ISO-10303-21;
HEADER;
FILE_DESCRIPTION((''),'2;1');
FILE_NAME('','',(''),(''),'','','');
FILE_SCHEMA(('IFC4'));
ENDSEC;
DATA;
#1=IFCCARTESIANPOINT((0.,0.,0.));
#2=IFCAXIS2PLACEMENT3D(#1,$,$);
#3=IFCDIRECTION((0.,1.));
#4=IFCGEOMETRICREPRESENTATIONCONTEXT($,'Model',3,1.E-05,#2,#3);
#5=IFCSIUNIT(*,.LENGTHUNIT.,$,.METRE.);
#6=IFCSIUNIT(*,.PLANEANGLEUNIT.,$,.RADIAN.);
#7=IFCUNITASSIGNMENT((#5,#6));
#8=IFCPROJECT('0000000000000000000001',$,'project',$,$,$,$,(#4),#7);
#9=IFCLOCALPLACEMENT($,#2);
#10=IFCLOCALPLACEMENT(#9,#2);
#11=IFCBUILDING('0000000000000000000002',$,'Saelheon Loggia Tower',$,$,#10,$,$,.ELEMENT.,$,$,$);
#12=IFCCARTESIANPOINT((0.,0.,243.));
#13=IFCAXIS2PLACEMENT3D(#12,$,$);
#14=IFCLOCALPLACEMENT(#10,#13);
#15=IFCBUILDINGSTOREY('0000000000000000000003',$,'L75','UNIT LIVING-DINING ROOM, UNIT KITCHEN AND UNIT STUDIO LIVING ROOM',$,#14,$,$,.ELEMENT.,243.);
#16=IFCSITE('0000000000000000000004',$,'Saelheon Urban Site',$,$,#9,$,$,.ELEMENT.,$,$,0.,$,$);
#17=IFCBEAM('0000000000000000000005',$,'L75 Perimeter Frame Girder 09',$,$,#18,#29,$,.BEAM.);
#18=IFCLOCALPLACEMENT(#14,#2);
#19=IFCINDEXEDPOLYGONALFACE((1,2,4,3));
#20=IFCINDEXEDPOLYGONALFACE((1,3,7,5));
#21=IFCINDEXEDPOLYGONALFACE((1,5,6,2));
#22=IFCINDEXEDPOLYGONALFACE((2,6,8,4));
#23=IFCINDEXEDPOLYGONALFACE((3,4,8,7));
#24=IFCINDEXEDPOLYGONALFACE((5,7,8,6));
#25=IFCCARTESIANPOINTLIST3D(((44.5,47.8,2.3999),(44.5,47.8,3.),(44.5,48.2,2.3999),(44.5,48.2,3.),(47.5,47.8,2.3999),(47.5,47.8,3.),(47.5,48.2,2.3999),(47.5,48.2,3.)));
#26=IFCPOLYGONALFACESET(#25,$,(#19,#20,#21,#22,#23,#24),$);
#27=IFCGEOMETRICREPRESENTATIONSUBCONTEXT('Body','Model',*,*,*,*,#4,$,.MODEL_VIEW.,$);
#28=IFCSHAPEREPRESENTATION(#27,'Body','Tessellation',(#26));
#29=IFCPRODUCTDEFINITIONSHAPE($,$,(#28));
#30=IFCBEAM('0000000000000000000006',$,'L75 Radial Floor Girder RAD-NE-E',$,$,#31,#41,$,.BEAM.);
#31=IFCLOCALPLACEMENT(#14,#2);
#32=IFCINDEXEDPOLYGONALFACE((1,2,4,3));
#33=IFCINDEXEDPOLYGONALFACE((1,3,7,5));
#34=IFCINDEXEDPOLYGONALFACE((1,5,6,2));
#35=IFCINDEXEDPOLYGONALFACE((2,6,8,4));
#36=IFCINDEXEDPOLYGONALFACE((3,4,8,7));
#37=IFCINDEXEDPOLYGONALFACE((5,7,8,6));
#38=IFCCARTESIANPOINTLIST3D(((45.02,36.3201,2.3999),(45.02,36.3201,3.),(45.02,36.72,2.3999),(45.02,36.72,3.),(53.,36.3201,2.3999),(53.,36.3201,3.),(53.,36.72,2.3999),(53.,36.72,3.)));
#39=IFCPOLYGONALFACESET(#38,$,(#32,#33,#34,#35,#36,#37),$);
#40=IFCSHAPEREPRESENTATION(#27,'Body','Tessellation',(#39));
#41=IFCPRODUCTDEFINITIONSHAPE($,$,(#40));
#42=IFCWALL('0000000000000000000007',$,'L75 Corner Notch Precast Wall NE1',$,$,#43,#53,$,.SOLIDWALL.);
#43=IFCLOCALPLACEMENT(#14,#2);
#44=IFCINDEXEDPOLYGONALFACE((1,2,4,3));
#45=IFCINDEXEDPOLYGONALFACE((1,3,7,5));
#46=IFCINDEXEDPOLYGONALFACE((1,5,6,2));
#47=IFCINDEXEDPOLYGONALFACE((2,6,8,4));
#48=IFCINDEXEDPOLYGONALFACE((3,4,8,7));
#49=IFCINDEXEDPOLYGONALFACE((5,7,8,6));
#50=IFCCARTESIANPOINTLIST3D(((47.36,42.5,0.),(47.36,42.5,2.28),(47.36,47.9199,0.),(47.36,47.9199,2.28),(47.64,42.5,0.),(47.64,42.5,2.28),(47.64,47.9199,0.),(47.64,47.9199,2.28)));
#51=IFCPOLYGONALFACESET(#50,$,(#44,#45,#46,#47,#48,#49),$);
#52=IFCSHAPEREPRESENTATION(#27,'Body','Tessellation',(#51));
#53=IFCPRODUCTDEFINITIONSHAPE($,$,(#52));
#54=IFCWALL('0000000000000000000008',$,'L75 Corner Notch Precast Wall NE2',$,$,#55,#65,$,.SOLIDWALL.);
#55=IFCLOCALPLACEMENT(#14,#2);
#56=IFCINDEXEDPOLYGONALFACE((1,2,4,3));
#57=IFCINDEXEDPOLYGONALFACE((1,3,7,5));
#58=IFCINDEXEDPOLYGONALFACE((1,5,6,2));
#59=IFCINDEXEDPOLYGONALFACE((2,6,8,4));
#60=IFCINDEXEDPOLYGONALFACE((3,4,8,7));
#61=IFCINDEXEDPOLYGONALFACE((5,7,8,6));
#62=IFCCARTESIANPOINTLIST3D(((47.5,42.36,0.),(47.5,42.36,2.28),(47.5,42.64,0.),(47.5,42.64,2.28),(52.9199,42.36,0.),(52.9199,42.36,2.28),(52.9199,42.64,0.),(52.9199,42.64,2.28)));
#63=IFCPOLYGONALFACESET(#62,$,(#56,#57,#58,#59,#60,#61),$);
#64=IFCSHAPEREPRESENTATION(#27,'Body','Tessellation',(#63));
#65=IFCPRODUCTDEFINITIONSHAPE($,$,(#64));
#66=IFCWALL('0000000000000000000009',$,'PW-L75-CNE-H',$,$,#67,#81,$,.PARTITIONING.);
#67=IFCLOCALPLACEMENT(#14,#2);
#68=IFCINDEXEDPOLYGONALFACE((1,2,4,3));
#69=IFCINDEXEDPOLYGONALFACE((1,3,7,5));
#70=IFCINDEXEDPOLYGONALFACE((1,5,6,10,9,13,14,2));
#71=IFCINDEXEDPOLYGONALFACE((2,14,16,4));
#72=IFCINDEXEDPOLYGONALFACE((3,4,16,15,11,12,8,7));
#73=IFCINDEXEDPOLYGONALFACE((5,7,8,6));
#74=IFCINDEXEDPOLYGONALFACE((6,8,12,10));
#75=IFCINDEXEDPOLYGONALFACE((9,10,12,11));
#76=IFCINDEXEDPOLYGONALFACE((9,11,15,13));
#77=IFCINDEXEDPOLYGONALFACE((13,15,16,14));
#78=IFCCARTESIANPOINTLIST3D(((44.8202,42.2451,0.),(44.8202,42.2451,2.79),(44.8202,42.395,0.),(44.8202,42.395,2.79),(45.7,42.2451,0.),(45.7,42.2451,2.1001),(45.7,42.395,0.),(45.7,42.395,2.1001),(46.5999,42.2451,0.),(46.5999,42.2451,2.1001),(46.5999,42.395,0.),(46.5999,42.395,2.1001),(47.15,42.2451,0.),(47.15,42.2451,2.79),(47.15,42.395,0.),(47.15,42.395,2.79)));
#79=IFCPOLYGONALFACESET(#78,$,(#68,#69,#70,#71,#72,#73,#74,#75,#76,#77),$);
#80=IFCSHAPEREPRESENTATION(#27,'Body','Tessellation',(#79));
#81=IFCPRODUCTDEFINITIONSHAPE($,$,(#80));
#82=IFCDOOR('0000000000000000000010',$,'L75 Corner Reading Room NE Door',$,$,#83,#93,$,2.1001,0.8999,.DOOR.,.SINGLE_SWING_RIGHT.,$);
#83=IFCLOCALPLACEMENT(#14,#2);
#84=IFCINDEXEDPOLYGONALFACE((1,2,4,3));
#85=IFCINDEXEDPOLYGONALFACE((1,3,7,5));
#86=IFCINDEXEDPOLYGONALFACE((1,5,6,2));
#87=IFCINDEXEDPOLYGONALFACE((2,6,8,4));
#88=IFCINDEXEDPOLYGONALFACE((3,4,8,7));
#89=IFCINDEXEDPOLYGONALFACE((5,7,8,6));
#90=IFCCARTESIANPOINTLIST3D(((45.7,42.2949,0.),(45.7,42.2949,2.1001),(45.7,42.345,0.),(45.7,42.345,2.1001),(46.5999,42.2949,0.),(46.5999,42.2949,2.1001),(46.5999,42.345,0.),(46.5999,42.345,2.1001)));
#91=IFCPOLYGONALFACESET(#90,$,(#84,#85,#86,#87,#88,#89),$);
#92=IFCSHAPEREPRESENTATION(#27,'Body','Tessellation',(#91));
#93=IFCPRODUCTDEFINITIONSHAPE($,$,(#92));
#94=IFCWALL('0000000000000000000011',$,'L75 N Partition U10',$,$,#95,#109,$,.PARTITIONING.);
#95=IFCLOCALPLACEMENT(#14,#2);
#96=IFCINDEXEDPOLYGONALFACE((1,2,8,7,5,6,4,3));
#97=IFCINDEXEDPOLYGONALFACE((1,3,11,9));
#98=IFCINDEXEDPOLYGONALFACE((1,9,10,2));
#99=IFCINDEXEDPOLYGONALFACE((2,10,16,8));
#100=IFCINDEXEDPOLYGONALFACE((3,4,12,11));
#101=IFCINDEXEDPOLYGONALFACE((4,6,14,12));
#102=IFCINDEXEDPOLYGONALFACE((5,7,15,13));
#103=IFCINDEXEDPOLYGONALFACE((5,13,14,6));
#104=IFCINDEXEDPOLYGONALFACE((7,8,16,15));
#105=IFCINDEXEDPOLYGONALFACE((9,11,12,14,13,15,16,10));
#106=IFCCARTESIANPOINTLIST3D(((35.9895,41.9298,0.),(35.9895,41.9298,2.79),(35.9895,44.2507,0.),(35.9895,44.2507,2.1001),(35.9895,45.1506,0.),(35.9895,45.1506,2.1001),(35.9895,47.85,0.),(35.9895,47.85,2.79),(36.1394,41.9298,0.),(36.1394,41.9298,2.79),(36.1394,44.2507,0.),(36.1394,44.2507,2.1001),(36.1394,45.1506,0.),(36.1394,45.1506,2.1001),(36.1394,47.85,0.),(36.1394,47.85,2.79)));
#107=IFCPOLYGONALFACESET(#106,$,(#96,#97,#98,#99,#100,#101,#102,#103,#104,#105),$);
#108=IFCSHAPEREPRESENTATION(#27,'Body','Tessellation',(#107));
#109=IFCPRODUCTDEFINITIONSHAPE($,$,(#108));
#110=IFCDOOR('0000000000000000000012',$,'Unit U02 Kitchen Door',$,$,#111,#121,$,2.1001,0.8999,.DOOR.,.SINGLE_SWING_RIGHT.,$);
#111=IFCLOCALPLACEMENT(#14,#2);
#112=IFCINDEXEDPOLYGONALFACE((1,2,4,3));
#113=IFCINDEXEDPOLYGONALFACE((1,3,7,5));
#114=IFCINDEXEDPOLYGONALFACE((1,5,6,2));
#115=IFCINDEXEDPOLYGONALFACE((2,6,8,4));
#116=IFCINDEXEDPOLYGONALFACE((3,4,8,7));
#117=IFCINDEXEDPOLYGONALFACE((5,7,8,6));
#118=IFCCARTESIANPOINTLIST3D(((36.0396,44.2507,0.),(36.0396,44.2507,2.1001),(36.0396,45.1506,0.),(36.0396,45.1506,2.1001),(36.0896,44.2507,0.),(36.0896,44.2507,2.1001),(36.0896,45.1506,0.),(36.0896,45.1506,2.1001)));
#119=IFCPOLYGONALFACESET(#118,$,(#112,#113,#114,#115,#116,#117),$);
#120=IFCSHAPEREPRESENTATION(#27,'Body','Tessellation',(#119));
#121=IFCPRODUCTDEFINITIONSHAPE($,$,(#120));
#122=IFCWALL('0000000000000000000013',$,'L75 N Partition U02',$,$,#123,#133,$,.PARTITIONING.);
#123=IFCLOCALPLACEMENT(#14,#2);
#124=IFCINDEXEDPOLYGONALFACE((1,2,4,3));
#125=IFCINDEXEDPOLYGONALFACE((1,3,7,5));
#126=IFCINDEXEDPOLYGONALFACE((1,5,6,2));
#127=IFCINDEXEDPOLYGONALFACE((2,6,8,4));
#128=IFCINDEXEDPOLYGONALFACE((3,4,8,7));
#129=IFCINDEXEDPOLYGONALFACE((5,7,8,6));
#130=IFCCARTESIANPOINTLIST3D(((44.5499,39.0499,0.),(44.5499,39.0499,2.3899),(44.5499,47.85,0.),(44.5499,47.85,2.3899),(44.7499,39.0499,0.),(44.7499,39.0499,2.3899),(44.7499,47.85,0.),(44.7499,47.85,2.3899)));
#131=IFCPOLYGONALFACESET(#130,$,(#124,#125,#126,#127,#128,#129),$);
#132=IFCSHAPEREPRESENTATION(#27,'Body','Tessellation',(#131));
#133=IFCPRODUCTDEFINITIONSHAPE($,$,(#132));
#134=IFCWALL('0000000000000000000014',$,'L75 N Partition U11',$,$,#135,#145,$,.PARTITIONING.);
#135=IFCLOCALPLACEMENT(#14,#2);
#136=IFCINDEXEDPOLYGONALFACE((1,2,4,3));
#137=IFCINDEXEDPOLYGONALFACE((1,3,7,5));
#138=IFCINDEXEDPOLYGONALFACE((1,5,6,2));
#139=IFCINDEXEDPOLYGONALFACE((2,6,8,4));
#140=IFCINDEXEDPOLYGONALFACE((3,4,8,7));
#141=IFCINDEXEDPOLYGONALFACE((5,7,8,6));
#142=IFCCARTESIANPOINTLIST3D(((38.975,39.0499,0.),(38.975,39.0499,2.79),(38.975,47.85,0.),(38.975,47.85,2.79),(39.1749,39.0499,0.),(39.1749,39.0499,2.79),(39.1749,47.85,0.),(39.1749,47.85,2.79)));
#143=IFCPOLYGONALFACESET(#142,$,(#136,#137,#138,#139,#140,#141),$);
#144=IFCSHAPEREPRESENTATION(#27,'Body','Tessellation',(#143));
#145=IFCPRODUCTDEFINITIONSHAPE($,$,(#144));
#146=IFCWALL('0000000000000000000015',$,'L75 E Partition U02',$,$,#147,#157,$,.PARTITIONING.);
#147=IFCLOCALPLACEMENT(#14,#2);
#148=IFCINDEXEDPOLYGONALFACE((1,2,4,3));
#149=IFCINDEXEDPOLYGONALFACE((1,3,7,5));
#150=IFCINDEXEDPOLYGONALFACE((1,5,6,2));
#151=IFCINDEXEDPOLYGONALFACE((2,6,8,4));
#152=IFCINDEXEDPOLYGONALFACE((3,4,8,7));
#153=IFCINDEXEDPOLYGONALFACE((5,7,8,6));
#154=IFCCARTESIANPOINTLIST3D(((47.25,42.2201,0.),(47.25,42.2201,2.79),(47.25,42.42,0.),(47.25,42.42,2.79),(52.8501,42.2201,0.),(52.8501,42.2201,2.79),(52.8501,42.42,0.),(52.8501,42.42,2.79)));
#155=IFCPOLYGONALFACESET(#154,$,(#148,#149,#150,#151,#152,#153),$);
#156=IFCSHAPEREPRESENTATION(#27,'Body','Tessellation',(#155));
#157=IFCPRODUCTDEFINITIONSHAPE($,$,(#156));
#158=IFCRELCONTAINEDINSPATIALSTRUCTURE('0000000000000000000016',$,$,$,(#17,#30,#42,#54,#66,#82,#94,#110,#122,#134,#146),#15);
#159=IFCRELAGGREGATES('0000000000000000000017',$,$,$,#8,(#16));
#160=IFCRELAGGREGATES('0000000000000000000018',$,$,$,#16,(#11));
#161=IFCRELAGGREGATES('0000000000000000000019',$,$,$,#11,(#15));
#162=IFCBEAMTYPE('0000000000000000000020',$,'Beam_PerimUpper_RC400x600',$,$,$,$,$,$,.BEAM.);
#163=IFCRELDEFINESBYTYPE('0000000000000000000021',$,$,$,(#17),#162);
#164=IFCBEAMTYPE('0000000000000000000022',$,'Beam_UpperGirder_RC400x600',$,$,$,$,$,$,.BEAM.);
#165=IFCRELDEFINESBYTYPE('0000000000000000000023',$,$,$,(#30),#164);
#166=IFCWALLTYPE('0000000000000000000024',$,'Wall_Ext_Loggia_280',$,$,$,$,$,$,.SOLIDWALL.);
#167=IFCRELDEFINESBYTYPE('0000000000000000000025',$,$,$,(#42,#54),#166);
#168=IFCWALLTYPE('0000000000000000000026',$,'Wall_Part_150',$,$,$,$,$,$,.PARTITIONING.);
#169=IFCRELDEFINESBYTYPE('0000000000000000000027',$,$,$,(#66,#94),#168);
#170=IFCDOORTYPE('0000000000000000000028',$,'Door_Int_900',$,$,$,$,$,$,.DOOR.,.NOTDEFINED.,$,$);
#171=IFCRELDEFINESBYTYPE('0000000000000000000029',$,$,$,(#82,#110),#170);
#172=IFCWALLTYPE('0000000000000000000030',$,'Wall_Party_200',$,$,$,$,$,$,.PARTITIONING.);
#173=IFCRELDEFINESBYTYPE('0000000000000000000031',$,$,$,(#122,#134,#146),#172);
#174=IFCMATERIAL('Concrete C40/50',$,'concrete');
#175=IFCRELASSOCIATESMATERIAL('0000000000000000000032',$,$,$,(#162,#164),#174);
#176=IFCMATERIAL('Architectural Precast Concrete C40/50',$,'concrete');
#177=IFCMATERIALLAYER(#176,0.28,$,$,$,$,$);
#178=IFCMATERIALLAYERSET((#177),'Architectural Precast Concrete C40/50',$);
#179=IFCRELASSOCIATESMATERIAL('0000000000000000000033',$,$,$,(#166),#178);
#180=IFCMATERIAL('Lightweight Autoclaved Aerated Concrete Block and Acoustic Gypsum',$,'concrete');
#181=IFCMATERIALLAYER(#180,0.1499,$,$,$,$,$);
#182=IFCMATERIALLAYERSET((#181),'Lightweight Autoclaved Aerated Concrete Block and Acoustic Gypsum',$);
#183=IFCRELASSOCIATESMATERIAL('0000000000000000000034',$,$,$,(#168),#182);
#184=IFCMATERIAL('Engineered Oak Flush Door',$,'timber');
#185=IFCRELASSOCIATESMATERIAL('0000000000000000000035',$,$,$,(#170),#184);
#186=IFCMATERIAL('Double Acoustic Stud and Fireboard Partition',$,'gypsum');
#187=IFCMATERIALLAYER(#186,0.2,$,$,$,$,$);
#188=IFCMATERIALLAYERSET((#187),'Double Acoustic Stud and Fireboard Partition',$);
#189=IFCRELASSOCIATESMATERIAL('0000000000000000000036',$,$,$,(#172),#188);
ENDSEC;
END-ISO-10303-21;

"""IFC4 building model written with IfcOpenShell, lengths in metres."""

from ifc_helpers import new_model, si_unit, direction, frame, frame_2d, origin, origin_2d, place, context, subcontext, project, spatial, rectangle, extrude, source, transform, mapped, material, layer, layer_set, material_profile, profile_set, type_object, element, fill, save


model = new_model("IFC4")

# Units and contexts
model_context = context("Model", 3, precision=1e-05, world=origin(), true_north=direction((0.0, 1.0)))
body_context = subcontext(model_context, "Body", "Model", "MODEL_VIEW")
ifc_project = project(units=[si_unit("LENGTHUNIT", "METRE"), si_unit("PLANEANGLEUNIT", "RADIAN")], contexts=[model_context])

# Site, building, storey
site_placement = place(None, origin())
site = spatial("IfcSite", under=ifc_project, at=site_placement, Name="Saelheon Urban Site", CompositionType="ELEMENT", RefElevation=0.0)
building_placement = place(site_placement, origin())
building = spatial("IfcBuilding", under=site, at=building_placement, Name="Saelheon Loggia Tower", CompositionType="ELEMENT")
storey_placement = place(building_placement, frame((0.0, 0.0, 243.0)))
storey = spatial("IfcBuildingStorey", under=building, at=storey_placement, Name="L75", Description="UNIT LIVING-DINING ROOM, UNIT KITCHEN AND UNIT STUDIO LIVING ROOM", CompositionType="ELEMENT", Elevation=243.0)

# Beams
ifc_material_1 = material(Name="Concrete C40/50", Category="concrete")
ifc_material_profile_1 = material_profile(ifc_material_1, rectangle(XDim=0.3999, YDim=0.6001, at=origin_2d()), Name="RC-400x600")
ifc_profile_set_1 = profile_set([ifc_material_profile_1], Name="Concrete C40/50")
beam_type_1 = type_object("IfcBeamType", Name="Beam_PerimUpper_RC400x600", PredefinedType="BEAM", material=ifc_profile_set_1)
ifc_material_profile_2 = material_profile(ifc_material_1, rectangle(XDim=0.3999, YDim=0.6001, at=origin_2d()), Name="RC-400x600")
ifc_profile_set_2 = profile_set([ifc_material_profile_2], Name="Concrete C40/50")
beam_type_2 = type_object("IfcBeamType", Name="Beam_UpperGirder_RC400x600", PredefinedType="BEAM", material=ifc_profile_set_2)
shared_shape_1 = source(origin(), body_context, "Body", "SweptSolid", [
    extrude(rectangle(XDim=0.3999, YDim=0.6001, at=origin_2d()), origin(), (0.0, 0.0, 1.0), 3.0),
])
beam_1_placement = place(storey_placement, frame((47.5, 48.0, 2.7), z_axis=(-1.0, 0.0, 0.0), x_axis=(0.0, -1.0, 0.0)))
element("IfcBeam", 1, at=beam_1_placement, inside=storey, type_object=beam_type_1, Name="L75 Perimeter Frame Girder 09", PredefinedType="BEAM", context=body_context, shape_type="MappedRepresentation", body=[
    mapped(shared_shape_1, transform((0.0, 0.0, 0.0), scale=1.0)),
])
shared_shape_2 = source(origin(), body_context, "Body", "SweptSolid", [
    extrude(rectangle(XDim=0.3999, YDim=0.6001, at=origin_2d()), origin(), (0.0, 0.0, 1.0), 7.98),
])
beam_2_placement = place(storey_placement, frame((45.02, 36.52, 2.7), z_axis=(1.0, 0.0, 0.0), x_axis=(0.0, 1.0, 0.0)))
element("IfcBeam", 2, at=beam_2_placement, inside=storey, type_object=beam_type_2, Name="L75 Radial Floor Girder RAD-NE-E", PredefinedType="BEAM", context=body_context, shape_type="MappedRepresentation", body=[
    mapped(shared_shape_2, transform((0.0, 0.0, 0.0), scale=1.0)),
])

# Walls
ifc_material_2 = material(Name="Architectural Precast Concrete C40/50", Category="concrete")
ifc_layer_1 = layer(ifc_material_2, 0.28)
ifc_layer_set_1 = layer_set([ifc_layer_1], Name="Architectural Precast Concrete C40/50")
wall_type_1 = type_object("IfcWallType", Name="Wall_Ext_Loggia_280", PredefinedType="SOLIDWALL", material=ifc_layer_set_1)
for number, where, z_axis, x_axis, name in (
    (3, (47.5, 42.5, 0.0), (0.0, 0.0, 1.0), (0.0, 1.0, 0.0), "L75 Corner Notch Precast Wall NE1"),
    (4, (47.5, 42.5, 0.0), (0.0, 0.0, 1.0), (1.0, 0.0, 0.0), "L75 Corner Notch Precast Wall NE2"),
):
    element("IfcWall", number, at=place(storey_placement, frame(where, z_axis=z_axis, x_axis=x_axis)), inside=storey, type_object=wall_type_1, Name=name, PredefinedType="SOLIDWALL", context=body_context, shape_type="SweptSolid", body=[
        extrude(rectangle(XDim=5.4199, YDim=0.28, at=frame_2d((2.71, 0.0))), origin(), (0.0, 0.0, 1.0), 2.28),
    ])

# Walls, openings, doors
ifc_material_3 = material(Name="Lightweight Autoclaved Aerated Concrete Block and Acoustic Gypsum", Category="concrete")
ifc_layer_2 = layer(ifc_material_3, 0.1499)
ifc_layer_set_2 = layer_set([ifc_layer_2], Name="Lightweight Autoclaved Aerated Concrete Block and Acoustic Gypsum")
wall_type_2 = type_object("IfcWallType", Name="Wall_Part_150", PredefinedType="PARTITIONING", material=ifc_layer_set_2)
wall_1_placement = place(storey_placement, frame((44.8201, 42.3201, 0.0), z_axis=(0.0, 0.0, 1.0), x_axis=(1.0, 0.0, 0.0)))
wall_1 = element("IfcWall", 5, at=wall_1_placement, inside=storey, type_object=wall_type_2, Name="PW-L75-CNE-H", PredefinedType="PARTITIONING", context=body_context, shape_type="SweptSolid", body=[
    extrude(rectangle(XDim=2.3298, YDim=0.1499, at=frame_2d((1.165, 0.0))), origin(), (0.0, 0.0, 1.0), 2.79),
])
opening_1_placement = place(wall_1_placement, frame((0.8799, 0.0, 0.0)))
opening_1 = element("IfcOpeningElement", 6, at=opening_1_placement, cuts=wall_1, PredefinedType="OPENING", context=body_context, shape_type="SweptSolid", body=[
    extrude(rectangle(XDim=0.8999, YDim=2.1001, at=frame_2d((0.45, 1.05))), frame((0.0, 0.0869, 0.0), z_axis=(0.0, -1.0, 0.0), x_axis=(1.0, 0.0, 0.0)), (0.0, 0.0, 1.0), 0.1738),
])
ifc_material_4 = material(Name="Engineered Oak Flush Door", Category="timber")
door_type_1 = type_object("IfcDoorType", Name="Door_Int_900", OperationType="NOTDEFINED", PredefinedType="DOOR", material=ifc_material_4)
shared_shape_3 = source(origin(), body_context, "Body", "SweptSolid", [
    extrude(rectangle(XDim=0.8999, YDim=2.1001, at=frame_2d((0.45, 1.05))), frame((0.0, 0.0249, 0.0), z_axis=(0.0, -1.0, 0.0), x_axis=(1.0, 0.0, 0.0)), (0.0, 0.0, 1.0), 0.05),
])
door_1_placement = place(opening_1_placement, origin())
door_1 = element("IfcDoor", 7, at=door_1_placement, inside=storey, type_object=door_type_1, Name="L75 Corner Reading Room NE Door", OperationType="SINGLE_SWING_RIGHT", OverallHeight=2.1001, OverallWidth=0.8999, PredefinedType="DOOR", context=body_context, shape_type="MappedRepresentation", body=[
    mapped(shared_shape_3, transform((0.0, 0.0, 0.0), scale=1.0)),
])
fill(opening_1, door_1)
wall_2_placement = place(storey_placement, frame((36.0645, 41.9299, 0.0), z_axis=(0.0, 0.0, 1.0), x_axis=(0.0, 1.0, 0.0)))
wall_2 = element("IfcWall", 8, at=wall_2_placement, inside=storey, type_object=wall_type_2, Name="L75 N Partition U10", PredefinedType="PARTITIONING", context=body_context, shape_type="SweptSolid", body=[
    extrude(rectangle(XDim=5.9202, YDim=0.1499, at=frame_2d((2.96, 0.0))), origin(), (0.0, 0.0, 1.0), 2.79),
])
opening_2_placement = place(wall_2_placement, frame((2.3208, 0.0, 0.0)))
opening_2 = element("IfcOpeningElement", 9, at=opening_2_placement, cuts=wall_2, PredefinedType="OPENING", context=body_context, shape_type="SweptSolid", body=[
    extrude(rectangle(XDim=0.8999, YDim=2.1001, at=frame_2d((0.45, 1.05))), frame((0.0, 0.0869, 0.0), z_axis=(0.0, -1.0, 0.0), x_axis=(1.0, 0.0, 0.0)), (0.0, 0.0, 1.0), 0.1738),
])
door_2_placement = place(opening_2_placement, origin())
door_2 = element("IfcDoor", 10, at=door_2_placement, inside=storey, type_object=door_type_1, Name="Unit U02 Kitchen Door", OperationType="SINGLE_SWING_RIGHT", OverallHeight=2.1001, OverallWidth=0.8999, PredefinedType="DOOR", context=body_context, shape_type="MappedRepresentation", body=[
    mapped(shared_shape_3, transform((0.0, 0.0, 0.0), scale=1.0)),
])
fill(opening_2, door_2)

# Wall
ifc_material_5 = material(Name="Double Acoustic Stud and Fireboard Partition", Category="gypsum")
ifc_layer_3 = layer(ifc_material_5, 0.2)
ifc_layer_set_3 = layer_set([ifc_layer_3], Name="Double Acoustic Stud and Fireboard Partition")
wall_type_3 = type_object("IfcWallType", Name="Wall_Party_200", PredefinedType="PARTITIONING", material=ifc_layer_set_3)
wall_3_placement = place(storey_placement, frame((44.6499, 39.05, 0.0), z_axis=(0.0, 0.0, 1.0), x_axis=(0.0, 1.0, 0.0)))
element("IfcWall", 11, at=wall_3_placement, inside=storey, type_object=wall_type_3, Name="L75 N Partition U02", PredefinedType="PARTITIONING", context=body_context, shape_type="SweptSolid", body=[
    extrude(rectangle(XDim=8.8, YDim=0.2, at=frame_2d((4.3999, 0.0))), origin(), (0.0, 0.0, 1.0), 2.3899),
])

# Walls
wall_4_placement = place(storey_placement, frame((39.075, 39.05, 0.0), z_axis=(0.0, 0.0, 1.0), x_axis=(0.0, 1.0, 0.0)))
element("IfcWall", 12, at=wall_4_placement, inside=storey, type_object=wall_type_3, Name="L75 N Partition U11", PredefinedType="PARTITIONING", context=body_context, shape_type="SweptSolid", body=[
    extrude(rectangle(XDim=8.8, YDim=0.2, at=frame_2d((4.3999, 0.0))), origin(), (0.0, 0.0, 1.0), 2.79),
])
wall_5_placement = place(storey_placement, frame((47.25, 42.3201, 0.0), z_axis=(0.0, 0.0, 1.0), x_axis=(1.0, 0.0, 0.0)))
element("IfcWall", 13, at=wall_5_placement, inside=storey, type_object=wall_type_3, Name="L75 E Partition U02", PredefinedType="PARTITIONING", context=body_context, shape_type="SweptSolid", body=[
    extrude(rectangle(XDim=5.6001, YDim=0.2, at=frame_2d((2.8, 0.0))), origin(), (0.0, 0.0, 1.0), 2.79),
])

save(model, "model.ifc")
